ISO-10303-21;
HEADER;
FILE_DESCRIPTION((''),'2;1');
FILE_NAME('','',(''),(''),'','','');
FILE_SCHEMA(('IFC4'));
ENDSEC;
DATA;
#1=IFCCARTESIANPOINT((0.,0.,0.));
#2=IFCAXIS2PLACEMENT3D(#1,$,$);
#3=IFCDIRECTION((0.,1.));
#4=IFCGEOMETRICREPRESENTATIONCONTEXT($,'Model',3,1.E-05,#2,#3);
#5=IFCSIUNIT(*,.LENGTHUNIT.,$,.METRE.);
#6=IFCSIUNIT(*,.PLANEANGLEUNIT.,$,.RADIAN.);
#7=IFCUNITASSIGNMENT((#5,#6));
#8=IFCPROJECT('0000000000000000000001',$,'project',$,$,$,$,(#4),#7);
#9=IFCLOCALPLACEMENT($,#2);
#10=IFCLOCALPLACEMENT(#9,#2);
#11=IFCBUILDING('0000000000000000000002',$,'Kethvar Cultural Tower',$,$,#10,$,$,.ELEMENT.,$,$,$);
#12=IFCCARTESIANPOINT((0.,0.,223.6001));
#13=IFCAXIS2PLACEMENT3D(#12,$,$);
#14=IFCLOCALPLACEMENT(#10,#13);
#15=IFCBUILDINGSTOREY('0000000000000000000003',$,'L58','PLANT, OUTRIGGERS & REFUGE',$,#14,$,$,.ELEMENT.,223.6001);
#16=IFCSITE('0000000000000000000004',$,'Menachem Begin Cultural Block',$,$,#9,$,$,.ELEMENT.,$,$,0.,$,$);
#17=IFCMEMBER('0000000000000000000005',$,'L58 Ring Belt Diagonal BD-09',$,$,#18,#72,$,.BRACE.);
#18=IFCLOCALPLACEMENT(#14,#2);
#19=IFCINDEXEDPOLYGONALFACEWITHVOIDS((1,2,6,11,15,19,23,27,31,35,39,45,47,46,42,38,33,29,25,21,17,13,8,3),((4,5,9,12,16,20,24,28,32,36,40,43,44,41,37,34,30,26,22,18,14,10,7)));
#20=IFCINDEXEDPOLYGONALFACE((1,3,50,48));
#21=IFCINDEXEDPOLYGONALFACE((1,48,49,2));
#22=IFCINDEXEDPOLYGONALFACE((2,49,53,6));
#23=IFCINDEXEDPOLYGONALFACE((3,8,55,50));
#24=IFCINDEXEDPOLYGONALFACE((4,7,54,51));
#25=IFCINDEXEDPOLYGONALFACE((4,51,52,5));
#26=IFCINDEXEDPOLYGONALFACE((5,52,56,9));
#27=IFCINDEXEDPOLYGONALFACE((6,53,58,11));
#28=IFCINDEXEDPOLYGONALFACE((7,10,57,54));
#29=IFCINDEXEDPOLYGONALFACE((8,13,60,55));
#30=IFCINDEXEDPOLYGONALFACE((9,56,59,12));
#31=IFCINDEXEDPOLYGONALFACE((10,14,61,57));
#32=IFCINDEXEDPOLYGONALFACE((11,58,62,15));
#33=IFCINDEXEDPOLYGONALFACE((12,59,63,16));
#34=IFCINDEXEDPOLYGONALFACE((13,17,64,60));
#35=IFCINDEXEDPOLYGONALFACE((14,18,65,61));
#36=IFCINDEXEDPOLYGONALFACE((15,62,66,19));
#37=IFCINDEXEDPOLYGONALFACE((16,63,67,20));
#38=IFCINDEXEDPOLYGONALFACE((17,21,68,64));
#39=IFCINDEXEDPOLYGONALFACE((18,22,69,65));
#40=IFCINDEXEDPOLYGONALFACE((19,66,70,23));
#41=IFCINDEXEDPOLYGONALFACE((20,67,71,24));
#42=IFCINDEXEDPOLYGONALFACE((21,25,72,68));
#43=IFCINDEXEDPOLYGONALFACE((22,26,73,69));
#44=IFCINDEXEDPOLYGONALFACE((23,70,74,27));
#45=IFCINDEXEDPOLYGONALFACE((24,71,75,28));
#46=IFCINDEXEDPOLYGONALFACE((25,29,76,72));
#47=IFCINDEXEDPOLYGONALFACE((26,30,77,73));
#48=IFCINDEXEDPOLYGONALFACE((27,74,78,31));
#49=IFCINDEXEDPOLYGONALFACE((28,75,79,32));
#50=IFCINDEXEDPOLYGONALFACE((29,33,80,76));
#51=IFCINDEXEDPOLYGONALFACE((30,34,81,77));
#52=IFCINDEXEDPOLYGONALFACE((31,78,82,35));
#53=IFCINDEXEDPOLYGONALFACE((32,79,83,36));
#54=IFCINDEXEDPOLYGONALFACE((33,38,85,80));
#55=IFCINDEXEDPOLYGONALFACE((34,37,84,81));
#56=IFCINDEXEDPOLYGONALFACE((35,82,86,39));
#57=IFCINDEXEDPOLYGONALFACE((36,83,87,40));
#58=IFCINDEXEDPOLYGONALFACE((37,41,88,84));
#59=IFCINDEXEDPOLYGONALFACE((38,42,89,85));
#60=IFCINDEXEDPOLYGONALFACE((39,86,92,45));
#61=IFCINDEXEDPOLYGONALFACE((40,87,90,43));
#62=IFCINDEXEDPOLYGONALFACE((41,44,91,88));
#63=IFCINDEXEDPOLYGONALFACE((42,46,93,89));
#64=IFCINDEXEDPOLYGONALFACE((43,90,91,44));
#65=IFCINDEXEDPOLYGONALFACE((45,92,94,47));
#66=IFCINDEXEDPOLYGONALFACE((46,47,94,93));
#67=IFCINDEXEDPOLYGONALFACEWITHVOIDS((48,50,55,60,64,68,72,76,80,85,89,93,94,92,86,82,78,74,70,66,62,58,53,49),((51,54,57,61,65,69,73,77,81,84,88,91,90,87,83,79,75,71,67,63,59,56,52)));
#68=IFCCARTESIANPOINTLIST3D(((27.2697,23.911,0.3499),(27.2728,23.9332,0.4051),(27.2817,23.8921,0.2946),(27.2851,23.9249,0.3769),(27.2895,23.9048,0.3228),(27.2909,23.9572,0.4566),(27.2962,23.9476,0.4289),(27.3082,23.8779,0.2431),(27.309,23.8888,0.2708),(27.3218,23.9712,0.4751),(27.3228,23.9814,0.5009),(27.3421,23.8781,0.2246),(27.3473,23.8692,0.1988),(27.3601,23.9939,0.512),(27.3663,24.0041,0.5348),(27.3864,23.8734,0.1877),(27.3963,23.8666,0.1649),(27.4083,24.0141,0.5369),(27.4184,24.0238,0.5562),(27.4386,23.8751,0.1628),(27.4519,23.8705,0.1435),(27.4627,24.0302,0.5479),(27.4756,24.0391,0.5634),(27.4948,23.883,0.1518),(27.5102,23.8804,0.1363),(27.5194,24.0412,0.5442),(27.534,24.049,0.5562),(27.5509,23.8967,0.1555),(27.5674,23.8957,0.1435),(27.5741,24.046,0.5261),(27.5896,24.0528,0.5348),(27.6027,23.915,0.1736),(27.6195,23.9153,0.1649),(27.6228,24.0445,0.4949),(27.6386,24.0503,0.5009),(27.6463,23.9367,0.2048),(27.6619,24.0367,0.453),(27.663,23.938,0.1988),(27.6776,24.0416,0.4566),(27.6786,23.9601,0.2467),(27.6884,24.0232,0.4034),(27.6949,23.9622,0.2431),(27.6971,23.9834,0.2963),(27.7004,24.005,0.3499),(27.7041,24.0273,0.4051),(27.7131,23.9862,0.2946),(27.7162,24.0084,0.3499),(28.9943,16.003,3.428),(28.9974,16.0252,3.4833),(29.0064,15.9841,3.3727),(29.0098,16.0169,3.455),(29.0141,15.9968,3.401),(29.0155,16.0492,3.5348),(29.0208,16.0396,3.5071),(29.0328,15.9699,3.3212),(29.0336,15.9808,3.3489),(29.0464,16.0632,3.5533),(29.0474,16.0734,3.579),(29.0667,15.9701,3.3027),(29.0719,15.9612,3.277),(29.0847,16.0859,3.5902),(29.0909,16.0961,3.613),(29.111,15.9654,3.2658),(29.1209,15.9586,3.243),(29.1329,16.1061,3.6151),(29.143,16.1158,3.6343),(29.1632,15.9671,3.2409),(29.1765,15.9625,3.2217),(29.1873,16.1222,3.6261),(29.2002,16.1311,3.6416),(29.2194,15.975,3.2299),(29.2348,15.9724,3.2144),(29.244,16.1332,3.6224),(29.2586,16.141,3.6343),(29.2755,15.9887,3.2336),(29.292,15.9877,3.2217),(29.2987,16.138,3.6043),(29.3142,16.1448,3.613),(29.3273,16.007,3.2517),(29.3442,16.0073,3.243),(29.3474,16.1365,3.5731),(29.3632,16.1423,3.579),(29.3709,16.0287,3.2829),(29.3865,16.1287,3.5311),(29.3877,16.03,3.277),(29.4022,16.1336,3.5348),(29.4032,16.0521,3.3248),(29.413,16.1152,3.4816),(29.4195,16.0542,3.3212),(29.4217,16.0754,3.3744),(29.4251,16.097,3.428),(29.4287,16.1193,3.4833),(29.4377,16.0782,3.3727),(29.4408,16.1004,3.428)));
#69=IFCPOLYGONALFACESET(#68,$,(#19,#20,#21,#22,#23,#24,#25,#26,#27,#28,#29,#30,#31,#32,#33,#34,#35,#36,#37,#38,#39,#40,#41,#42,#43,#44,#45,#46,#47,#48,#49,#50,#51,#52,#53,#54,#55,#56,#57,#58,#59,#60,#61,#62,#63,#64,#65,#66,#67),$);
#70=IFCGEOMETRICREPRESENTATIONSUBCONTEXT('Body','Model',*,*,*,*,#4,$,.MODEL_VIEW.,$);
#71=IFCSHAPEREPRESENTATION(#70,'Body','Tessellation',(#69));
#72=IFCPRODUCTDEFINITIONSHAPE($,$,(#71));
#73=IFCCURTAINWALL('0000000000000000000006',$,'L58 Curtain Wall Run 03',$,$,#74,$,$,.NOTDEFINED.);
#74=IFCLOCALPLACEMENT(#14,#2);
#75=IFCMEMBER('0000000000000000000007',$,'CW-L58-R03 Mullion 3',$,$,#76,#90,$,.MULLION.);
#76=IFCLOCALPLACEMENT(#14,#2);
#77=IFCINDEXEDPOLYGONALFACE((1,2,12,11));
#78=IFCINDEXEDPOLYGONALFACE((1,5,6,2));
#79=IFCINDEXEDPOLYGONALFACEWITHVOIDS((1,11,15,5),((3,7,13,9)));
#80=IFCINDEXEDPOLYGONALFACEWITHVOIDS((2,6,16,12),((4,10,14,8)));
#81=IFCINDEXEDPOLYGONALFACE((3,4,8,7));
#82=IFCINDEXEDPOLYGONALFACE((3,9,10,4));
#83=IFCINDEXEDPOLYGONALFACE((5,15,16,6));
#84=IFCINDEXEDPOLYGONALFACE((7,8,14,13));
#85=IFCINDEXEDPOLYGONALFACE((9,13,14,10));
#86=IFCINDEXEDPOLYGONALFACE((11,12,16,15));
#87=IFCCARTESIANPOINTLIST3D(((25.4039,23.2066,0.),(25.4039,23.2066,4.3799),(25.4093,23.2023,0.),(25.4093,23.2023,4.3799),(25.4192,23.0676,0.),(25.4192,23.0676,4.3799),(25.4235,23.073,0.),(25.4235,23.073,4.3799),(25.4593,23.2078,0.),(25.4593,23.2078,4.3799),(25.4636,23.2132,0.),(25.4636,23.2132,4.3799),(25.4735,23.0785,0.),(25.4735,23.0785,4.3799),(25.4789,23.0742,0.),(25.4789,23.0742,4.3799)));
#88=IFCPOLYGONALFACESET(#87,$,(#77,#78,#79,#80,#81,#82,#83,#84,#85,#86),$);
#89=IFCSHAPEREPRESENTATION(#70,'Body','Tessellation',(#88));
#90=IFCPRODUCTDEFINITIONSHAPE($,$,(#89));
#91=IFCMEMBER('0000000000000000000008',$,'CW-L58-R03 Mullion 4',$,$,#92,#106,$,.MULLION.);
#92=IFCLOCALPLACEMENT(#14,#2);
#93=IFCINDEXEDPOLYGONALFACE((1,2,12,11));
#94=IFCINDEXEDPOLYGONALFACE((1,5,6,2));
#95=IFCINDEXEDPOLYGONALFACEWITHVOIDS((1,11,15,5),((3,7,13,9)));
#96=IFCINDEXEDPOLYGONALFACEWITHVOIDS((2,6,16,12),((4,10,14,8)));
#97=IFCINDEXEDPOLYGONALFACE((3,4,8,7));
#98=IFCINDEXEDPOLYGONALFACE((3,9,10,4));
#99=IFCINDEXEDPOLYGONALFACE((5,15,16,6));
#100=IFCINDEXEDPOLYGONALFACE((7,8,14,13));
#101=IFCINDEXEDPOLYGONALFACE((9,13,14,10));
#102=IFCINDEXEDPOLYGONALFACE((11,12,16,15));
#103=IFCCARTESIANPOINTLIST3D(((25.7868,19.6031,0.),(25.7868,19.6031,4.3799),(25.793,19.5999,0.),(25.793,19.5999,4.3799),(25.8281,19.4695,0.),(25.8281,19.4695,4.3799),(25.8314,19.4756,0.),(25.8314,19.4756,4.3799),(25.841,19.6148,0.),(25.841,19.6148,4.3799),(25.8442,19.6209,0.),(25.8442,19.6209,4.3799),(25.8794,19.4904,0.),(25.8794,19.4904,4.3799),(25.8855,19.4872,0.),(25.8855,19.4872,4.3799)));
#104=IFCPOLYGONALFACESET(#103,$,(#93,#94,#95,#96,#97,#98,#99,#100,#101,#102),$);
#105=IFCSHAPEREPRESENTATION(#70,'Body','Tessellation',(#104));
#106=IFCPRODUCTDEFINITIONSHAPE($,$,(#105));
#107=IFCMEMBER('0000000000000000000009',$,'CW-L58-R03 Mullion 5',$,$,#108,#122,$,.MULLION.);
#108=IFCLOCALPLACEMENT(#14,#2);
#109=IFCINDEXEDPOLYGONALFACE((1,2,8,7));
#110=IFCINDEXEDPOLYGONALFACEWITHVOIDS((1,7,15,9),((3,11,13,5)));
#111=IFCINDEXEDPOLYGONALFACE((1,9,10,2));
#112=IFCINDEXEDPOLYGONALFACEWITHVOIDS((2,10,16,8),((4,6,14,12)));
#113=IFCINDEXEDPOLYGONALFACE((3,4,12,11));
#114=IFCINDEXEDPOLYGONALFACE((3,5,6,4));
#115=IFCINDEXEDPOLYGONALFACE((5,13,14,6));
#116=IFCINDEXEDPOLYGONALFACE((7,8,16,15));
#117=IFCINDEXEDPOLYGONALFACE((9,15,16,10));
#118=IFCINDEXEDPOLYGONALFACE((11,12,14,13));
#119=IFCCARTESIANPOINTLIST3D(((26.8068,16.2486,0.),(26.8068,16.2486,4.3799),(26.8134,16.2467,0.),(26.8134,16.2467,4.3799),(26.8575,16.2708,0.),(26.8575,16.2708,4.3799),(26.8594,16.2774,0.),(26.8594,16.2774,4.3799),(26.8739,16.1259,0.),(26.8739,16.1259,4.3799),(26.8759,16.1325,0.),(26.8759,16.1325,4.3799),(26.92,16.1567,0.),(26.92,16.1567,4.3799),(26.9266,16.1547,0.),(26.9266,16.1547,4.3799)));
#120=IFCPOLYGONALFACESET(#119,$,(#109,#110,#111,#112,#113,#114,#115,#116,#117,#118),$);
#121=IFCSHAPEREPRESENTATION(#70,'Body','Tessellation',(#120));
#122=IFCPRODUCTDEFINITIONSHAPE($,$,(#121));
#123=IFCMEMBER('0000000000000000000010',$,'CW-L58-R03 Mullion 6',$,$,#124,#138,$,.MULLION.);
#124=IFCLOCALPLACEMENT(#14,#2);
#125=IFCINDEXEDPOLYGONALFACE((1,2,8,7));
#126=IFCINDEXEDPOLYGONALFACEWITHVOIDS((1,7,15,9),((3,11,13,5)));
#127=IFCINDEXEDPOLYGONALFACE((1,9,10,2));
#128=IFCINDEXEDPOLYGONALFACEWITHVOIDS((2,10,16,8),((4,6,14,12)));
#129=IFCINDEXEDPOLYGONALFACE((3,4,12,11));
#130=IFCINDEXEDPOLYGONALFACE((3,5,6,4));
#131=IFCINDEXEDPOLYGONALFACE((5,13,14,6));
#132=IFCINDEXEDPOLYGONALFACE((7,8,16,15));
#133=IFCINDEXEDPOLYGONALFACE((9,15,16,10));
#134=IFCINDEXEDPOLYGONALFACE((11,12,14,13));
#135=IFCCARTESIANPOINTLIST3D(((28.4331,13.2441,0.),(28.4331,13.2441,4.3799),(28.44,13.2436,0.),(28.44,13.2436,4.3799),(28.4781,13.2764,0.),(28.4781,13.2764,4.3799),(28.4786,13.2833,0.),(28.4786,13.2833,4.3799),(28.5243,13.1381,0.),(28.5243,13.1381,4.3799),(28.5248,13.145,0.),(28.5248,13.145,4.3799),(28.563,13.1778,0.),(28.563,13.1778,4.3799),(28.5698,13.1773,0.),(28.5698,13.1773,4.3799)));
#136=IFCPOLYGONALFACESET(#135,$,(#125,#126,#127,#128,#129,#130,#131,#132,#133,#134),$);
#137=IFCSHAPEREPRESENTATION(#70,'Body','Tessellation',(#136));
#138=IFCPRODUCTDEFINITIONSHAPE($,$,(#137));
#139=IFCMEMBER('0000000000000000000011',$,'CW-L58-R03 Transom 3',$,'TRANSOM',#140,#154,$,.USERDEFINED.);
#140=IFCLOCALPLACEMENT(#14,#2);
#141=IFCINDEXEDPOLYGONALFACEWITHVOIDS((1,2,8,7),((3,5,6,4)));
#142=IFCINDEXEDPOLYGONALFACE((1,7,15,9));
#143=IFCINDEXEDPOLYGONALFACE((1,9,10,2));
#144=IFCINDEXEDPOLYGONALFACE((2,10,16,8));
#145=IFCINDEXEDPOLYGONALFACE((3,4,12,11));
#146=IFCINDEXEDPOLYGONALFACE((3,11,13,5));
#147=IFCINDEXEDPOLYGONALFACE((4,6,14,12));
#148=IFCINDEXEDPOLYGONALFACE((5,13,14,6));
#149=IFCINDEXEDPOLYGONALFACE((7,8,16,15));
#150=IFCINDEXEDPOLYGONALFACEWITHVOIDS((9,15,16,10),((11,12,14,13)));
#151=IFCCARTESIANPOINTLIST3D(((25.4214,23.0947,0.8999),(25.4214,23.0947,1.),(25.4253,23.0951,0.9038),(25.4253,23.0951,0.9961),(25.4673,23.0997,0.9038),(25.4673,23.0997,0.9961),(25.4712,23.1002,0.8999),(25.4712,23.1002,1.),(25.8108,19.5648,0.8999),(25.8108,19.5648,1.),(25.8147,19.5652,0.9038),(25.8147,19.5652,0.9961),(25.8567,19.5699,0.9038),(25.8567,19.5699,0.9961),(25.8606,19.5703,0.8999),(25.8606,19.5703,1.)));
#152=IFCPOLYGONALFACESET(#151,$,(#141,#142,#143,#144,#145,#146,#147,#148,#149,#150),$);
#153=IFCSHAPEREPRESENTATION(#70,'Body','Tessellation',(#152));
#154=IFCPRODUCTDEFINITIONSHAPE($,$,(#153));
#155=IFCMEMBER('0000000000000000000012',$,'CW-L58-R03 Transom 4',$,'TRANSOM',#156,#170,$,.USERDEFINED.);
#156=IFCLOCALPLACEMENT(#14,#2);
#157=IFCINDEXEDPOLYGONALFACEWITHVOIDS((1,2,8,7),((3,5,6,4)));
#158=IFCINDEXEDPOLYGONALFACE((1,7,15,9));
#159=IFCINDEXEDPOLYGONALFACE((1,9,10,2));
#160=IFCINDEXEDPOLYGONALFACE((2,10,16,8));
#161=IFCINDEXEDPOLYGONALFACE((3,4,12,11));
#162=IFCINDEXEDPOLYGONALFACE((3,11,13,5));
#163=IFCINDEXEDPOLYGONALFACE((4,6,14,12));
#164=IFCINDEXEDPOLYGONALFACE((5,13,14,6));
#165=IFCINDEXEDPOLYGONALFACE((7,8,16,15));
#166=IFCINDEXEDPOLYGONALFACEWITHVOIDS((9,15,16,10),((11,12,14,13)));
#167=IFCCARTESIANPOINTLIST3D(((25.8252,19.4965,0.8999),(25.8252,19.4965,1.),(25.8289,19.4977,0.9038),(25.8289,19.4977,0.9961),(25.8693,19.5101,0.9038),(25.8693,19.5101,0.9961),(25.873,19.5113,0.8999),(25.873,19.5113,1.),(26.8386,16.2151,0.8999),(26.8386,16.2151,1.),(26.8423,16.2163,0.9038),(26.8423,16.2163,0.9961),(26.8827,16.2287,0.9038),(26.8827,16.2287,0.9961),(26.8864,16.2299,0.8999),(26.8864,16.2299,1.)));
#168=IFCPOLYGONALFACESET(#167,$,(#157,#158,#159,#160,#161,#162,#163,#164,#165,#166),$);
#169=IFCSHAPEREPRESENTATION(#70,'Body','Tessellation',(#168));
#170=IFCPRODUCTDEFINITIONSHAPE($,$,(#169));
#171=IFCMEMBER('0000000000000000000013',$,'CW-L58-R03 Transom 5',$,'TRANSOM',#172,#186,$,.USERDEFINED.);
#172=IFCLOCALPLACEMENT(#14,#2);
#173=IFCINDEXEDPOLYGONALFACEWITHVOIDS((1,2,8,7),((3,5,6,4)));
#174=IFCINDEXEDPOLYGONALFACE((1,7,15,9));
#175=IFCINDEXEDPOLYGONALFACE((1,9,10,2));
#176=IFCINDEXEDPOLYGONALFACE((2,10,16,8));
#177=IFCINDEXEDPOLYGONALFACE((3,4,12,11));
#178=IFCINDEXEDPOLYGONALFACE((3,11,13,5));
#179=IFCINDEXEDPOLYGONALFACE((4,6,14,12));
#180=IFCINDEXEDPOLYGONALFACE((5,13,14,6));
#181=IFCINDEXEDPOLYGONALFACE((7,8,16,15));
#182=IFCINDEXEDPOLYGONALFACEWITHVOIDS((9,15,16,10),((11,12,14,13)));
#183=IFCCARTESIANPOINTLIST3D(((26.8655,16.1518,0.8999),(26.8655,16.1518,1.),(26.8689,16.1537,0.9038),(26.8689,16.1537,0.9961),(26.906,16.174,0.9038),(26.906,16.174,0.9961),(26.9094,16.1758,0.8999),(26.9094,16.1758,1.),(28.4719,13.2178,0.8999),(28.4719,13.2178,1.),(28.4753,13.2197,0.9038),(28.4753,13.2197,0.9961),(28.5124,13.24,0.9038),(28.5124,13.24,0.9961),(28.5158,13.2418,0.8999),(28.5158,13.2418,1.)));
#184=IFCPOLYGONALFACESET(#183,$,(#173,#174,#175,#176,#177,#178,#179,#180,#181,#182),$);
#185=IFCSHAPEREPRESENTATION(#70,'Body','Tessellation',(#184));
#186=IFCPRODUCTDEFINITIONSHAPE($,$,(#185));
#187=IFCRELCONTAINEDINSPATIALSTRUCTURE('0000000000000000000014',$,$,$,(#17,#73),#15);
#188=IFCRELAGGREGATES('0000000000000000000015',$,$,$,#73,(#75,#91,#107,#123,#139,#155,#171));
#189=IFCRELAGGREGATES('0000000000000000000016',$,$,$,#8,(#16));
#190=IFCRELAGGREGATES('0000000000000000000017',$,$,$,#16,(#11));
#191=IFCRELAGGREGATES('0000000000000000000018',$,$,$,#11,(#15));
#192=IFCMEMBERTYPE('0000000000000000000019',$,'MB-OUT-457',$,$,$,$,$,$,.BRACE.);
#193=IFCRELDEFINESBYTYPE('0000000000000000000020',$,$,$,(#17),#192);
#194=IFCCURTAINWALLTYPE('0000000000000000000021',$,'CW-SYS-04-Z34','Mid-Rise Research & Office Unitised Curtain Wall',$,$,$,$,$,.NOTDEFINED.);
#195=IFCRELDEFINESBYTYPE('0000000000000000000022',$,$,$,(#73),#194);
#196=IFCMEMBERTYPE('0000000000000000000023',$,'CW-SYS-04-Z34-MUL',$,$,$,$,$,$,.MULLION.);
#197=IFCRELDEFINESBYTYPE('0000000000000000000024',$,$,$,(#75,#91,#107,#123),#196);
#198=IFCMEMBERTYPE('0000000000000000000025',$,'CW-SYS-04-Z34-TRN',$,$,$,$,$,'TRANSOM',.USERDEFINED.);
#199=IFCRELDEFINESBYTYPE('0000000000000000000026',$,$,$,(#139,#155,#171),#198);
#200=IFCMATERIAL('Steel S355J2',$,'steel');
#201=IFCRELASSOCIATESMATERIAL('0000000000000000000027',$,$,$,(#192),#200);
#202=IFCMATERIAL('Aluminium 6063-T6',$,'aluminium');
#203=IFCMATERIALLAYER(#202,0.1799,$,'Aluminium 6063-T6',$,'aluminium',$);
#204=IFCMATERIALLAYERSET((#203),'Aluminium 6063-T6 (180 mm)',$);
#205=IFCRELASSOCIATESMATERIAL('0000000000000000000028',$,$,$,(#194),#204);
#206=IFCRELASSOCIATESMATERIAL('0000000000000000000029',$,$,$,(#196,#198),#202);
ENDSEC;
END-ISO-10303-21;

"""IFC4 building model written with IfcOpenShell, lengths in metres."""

from ifc_helpers import new_model, si_unit, direction, frame, origin, origin_2d, place, context, subcontext, project, spatial, hollow_rectangle, hollow_circle, extrude, source, transform, mapped, material, layer, layer_set, material_profile, profile_set, type_object, element, aggregate, save


model = new_model("IFC4")

# Units and contexts
model_context = context("Model", 3, precision=1e-05, world=origin(), true_north=direction((0.0, 1.0)))
body_context = subcontext(model_context, "Body", "Model", "MODEL_VIEW")
ifc_project = project(units=[si_unit("LENGTHUNIT", "METRE"), si_unit("PLANEANGLEUNIT", "RADIAN")], contexts=[model_context])

# Site, building, storey
site_placement = place(None, origin())
site = spatial("IfcSite", under=ifc_project, at=site_placement, Name="Menachem Begin Cultural Block", CompositionType="ELEMENT", RefElevation=0.0)
building_placement = place(site_placement, origin())
building = spatial("IfcBuilding", under=site, at=building_placement, Name="Kethvar Cultural Tower", CompositionType="ELEMENT")
storey_placement = place(building_placement, frame((0.0, 0.0, 223.6001)))
storey = spatial("IfcBuildingStorey", under=building, at=storey_placement, Name="L58", Description="PLANT, OUTRIGGERS & REFUGE", CompositionType="ELEMENT", Elevation=223.6001)

# Member
ifc_material_1 = material(Name="Steel S355J2", Category="steel")
ifc_material_profile_1 = material_profile(ifc_material_1, hollow_circle(Radius=0.2285, WallThickness=0.0161, at=origin_2d()), Name="Steel S355J2 — CHS457x16")
ifc_profile_set_1 = profile_set([ifc_material_profile_1], Name="Steel S355J2 — CHS457x16")
member_type_1 = type_object("IfcMemberType", Name="MB-OUT-457", PredefinedType="BRACE", material=ifc_profile_set_1)
shared_shape_1 = source(origin(), body_context, "Body", "SweptSolid", [
    extrude(hollow_circle(Radius=0.2285, WallThickness=0.0161, at=origin_2d()), origin(), (0.0, 0.0, 1.0), 8.6594),
])
member_1_placement = place(storey_placement, frame((27.4929, 23.9597, 0.3499), z_axis=(0.199161, -0.913224, 0.355467), x_axis=(0.977035, 0.213077, 0.0)))
element("IfcMember", 1, at=member_1_placement, inside=storey, type_object=member_type_1, Name="L58 Ring Belt Diagonal BD-09", PredefinedType="BRACE", context=body_context, shape_type="MappedRepresentation", body=[
    mapped(shared_shape_1, transform((0.0, 0.0, 0.0), scale=1.0)),
])

# Curtain wall, members
ifc_material_2 = material(Name="Aluminium 6063-T6", Category="aluminium")
ifc_layer_1 = layer(ifc_material_2, 0.1799, Name="Aluminium 6063-T6", Category="aluminium")
ifc_layer_set_1 = layer_set([ifc_layer_1], Name="Aluminium 6063-T6 (180 mm)")
curtain_wall_type = type_object("IfcCurtainWallType", Name="CW-SYS-04-Z34", Description="Mid-Rise Research & Office Unitised Curtain Wall", PredefinedType="NOTDEFINED", material=ifc_layer_set_1)
curtain_wall_placement = place(storey_placement, origin())
curtain_wall = element("IfcCurtainWall", 2, at=curtain_wall_placement, inside=storey, type_object=curtain_wall_type, Name="L58 Curtain Wall Run 03", PredefinedType="NOTDEFINED")
ifc_material_profile_2 = material_profile(ifc_material_2, hollow_rectangle(XDim=0.0601, YDim=0.1399, WallThickness=0.0049, at=origin_2d()), Name="Aluminium 6063-T6 — RHS140x60x5")
ifc_profile_set_2 = profile_set([ifc_material_profile_2], Name="Aluminium 6063-T6 — RHS140x60x5")
member_type_2 = type_object("IfcMemberType", Name="CW-SYS-04-Z34-MUL", PredefinedType="MULLION", material=ifc_profile_set_2)
shared_shape_2 = source(origin(), body_context, "Body", "SweptSolid", [
    extrude(hollow_rectangle(XDim=0.0601, YDim=0.1399, WallThickness=0.0049, at=origin_2d()), origin(), (0.0, 0.0, 1.0), 4.3799),
])
member_2_placement = place(storey_placement, frame((25.4414, 23.1404, 0.0), z_axis=(0.0, 0.0, 1.0), x_axis=(0.993967, 0.109682, 0.0)))
member_2 = element("IfcMember", 3, at=member_2_placement, type_object=member_type_2, Name="CW-L58-R03 Mullion 3", PredefinedType="MULLION", context=body_context, shape_type="MappedRepresentation", body=[
    mapped(shared_shape_2, transform((0.0, 0.0, 0.0), scale=1.0)),
])
member_3_placement = place(storey_placement, frame((25.8362, 19.5452, 0.0), z_axis=(0.0, 0.0, 1.0), x_axis=(0.955449, 0.295158, 0.0)))
member_3 = element("IfcMember", 4, at=member_3_placement, type_object=member_type_2, Name="CW-L58-R03 Mullion 4", PredefinedType="MULLION", context=body_context, shape_type="MappedRepresentation", body=[
    mapped(shared_shape_2, transform((0.0, 0.0, 0.0), scale=1.0)),
])
member_4_placement = place(storey_placement, frame((26.8667, 16.2017, 0.0), z_axis=(0.0, 0.0, 1.0), x_axis=(0.877146, 0.480223, 0.0)))
member_4 = element("IfcMember", 5, at=member_4_placement, type_object=member_type_2, Name="CW-L58-R03 Mullion 5", PredefinedType="MULLION", context=body_context, shape_type="MappedRepresentation", body=[
    mapped(shared_shape_2, transform((0.0, 0.0, 0.0), scale=1.0)),
])
member_5_placement = place(storey_placement, frame((28.5015, 13.2107, 0.0), z_axis=(0.0, 0.0, 1.0), x_axis=(0.758043, 0.652204, 0.0)))
member_5 = element("IfcMember", 6, at=member_5_placement, type_object=member_type_2, Name="CW-L58-R03 Mullion 6", PredefinedType="MULLION", context=body_context, shape_type="MappedRepresentation", body=[
    mapped(shared_shape_2, transform((0.0, 0.0, 0.0), scale=1.0)),
])
ifc_material_profile_3 = material_profile(ifc_material_2, hollow_rectangle(XDim=0.05, YDim=0.1001, WallThickness=0.0039, at=origin_2d()), Name="Aluminium 6063-T6 — RHS100x50x4")
ifc_profile_set_3 = profile_set([ifc_material_profile_3], Name="Aluminium 6063-T6 — RHS100x50x4")
member_type_3 = type_object("IfcMemberType", Name="CW-SYS-04-Z34-TRN", ElementType="TRANSOM", PredefinedType="USERDEFINED", material=ifc_profile_set_3)
shared_shape_3 = source(origin(), body_context, "Body", "SweptSolid", [
    extrude(hollow_rectangle(XDim=0.05, YDim=0.1001, WallThickness=0.0039, at=origin_2d()), origin(), (0.0, 0.0, 1.0), 3.5513),
])
member_6_placement = place(storey_placement, frame((25.4463, 23.0974, 0.95), z_axis=(0.109654, -0.99397, 0.0), x_axis=(0.99397, 0.109654, 0.0)))
member_6 = element("IfcMember", 7, at=member_6_placement, type_object=member_type_3, Name="CW-L58-R03 Transom 3", ObjectType="TRANSOM", PredefinedType="USERDEFINED", context=body_context, shape_type="MappedRepresentation", body=[
    mapped(shared_shape_3, transform((0.0, 0.0, 0.0), scale=1.0)),
])
shared_shape_4 = source(origin(), body_context, "Body", "SweptSolid", [
    extrude(hollow_rectangle(XDim=0.05, YDim=0.1001, WallThickness=0.0039, at=origin_2d()), origin(), (0.0, 0.0, 1.0), 3.4343),
])
member_7_placement = place(storey_placement, frame((25.8491, 19.5039, 0.95), z_axis=(0.29508, -0.955473, 0.0), x_axis=(0.955473, 0.29508, 0.0)))
member_7 = element("IfcMember", 8, at=member_7_placement, type_object=member_type_3, Name="CW-L58-R03 Transom 4", ObjectType="TRANSOM", PredefinedType="USERDEFINED", context=body_context, shape_type="MappedRepresentation", body=[
    mapped(shared_shape_4, transform((0.0, 0.0, 0.0), scale=1.0)),
])
shared_shape_5 = source(origin(), body_context, "Body", "SweptSolid", [
    extrude(hollow_rectangle(XDim=0.05, YDim=0.1001, WallThickness=0.0039, at=origin_2d()), origin(), (0.0, 0.0, 1.0), 3.345),
])
member_8_placement = place(storey_placement, frame((26.8875, 16.1638, 0.95), z_axis=(0.480242, -0.877136, 0.0), x_axis=(0.877136, 0.480242, 0.0)))
member_8 = element("IfcMember", 9, at=member_8_placement, type_object=member_type_3, Name="CW-L58-R03 Transom 5", ObjectType="TRANSOM", PredefinedType="USERDEFINED", context=body_context, shape_type="MappedRepresentation", body=[
    mapped(shared_shape_5, transform((0.0, 0.0, 0.0), scale=1.0)),
])

aggregate(curtain_wall, [member_2, member_3, member_4, member_5, member_6, member_7, member_8])

save(model, "model.ifc")
